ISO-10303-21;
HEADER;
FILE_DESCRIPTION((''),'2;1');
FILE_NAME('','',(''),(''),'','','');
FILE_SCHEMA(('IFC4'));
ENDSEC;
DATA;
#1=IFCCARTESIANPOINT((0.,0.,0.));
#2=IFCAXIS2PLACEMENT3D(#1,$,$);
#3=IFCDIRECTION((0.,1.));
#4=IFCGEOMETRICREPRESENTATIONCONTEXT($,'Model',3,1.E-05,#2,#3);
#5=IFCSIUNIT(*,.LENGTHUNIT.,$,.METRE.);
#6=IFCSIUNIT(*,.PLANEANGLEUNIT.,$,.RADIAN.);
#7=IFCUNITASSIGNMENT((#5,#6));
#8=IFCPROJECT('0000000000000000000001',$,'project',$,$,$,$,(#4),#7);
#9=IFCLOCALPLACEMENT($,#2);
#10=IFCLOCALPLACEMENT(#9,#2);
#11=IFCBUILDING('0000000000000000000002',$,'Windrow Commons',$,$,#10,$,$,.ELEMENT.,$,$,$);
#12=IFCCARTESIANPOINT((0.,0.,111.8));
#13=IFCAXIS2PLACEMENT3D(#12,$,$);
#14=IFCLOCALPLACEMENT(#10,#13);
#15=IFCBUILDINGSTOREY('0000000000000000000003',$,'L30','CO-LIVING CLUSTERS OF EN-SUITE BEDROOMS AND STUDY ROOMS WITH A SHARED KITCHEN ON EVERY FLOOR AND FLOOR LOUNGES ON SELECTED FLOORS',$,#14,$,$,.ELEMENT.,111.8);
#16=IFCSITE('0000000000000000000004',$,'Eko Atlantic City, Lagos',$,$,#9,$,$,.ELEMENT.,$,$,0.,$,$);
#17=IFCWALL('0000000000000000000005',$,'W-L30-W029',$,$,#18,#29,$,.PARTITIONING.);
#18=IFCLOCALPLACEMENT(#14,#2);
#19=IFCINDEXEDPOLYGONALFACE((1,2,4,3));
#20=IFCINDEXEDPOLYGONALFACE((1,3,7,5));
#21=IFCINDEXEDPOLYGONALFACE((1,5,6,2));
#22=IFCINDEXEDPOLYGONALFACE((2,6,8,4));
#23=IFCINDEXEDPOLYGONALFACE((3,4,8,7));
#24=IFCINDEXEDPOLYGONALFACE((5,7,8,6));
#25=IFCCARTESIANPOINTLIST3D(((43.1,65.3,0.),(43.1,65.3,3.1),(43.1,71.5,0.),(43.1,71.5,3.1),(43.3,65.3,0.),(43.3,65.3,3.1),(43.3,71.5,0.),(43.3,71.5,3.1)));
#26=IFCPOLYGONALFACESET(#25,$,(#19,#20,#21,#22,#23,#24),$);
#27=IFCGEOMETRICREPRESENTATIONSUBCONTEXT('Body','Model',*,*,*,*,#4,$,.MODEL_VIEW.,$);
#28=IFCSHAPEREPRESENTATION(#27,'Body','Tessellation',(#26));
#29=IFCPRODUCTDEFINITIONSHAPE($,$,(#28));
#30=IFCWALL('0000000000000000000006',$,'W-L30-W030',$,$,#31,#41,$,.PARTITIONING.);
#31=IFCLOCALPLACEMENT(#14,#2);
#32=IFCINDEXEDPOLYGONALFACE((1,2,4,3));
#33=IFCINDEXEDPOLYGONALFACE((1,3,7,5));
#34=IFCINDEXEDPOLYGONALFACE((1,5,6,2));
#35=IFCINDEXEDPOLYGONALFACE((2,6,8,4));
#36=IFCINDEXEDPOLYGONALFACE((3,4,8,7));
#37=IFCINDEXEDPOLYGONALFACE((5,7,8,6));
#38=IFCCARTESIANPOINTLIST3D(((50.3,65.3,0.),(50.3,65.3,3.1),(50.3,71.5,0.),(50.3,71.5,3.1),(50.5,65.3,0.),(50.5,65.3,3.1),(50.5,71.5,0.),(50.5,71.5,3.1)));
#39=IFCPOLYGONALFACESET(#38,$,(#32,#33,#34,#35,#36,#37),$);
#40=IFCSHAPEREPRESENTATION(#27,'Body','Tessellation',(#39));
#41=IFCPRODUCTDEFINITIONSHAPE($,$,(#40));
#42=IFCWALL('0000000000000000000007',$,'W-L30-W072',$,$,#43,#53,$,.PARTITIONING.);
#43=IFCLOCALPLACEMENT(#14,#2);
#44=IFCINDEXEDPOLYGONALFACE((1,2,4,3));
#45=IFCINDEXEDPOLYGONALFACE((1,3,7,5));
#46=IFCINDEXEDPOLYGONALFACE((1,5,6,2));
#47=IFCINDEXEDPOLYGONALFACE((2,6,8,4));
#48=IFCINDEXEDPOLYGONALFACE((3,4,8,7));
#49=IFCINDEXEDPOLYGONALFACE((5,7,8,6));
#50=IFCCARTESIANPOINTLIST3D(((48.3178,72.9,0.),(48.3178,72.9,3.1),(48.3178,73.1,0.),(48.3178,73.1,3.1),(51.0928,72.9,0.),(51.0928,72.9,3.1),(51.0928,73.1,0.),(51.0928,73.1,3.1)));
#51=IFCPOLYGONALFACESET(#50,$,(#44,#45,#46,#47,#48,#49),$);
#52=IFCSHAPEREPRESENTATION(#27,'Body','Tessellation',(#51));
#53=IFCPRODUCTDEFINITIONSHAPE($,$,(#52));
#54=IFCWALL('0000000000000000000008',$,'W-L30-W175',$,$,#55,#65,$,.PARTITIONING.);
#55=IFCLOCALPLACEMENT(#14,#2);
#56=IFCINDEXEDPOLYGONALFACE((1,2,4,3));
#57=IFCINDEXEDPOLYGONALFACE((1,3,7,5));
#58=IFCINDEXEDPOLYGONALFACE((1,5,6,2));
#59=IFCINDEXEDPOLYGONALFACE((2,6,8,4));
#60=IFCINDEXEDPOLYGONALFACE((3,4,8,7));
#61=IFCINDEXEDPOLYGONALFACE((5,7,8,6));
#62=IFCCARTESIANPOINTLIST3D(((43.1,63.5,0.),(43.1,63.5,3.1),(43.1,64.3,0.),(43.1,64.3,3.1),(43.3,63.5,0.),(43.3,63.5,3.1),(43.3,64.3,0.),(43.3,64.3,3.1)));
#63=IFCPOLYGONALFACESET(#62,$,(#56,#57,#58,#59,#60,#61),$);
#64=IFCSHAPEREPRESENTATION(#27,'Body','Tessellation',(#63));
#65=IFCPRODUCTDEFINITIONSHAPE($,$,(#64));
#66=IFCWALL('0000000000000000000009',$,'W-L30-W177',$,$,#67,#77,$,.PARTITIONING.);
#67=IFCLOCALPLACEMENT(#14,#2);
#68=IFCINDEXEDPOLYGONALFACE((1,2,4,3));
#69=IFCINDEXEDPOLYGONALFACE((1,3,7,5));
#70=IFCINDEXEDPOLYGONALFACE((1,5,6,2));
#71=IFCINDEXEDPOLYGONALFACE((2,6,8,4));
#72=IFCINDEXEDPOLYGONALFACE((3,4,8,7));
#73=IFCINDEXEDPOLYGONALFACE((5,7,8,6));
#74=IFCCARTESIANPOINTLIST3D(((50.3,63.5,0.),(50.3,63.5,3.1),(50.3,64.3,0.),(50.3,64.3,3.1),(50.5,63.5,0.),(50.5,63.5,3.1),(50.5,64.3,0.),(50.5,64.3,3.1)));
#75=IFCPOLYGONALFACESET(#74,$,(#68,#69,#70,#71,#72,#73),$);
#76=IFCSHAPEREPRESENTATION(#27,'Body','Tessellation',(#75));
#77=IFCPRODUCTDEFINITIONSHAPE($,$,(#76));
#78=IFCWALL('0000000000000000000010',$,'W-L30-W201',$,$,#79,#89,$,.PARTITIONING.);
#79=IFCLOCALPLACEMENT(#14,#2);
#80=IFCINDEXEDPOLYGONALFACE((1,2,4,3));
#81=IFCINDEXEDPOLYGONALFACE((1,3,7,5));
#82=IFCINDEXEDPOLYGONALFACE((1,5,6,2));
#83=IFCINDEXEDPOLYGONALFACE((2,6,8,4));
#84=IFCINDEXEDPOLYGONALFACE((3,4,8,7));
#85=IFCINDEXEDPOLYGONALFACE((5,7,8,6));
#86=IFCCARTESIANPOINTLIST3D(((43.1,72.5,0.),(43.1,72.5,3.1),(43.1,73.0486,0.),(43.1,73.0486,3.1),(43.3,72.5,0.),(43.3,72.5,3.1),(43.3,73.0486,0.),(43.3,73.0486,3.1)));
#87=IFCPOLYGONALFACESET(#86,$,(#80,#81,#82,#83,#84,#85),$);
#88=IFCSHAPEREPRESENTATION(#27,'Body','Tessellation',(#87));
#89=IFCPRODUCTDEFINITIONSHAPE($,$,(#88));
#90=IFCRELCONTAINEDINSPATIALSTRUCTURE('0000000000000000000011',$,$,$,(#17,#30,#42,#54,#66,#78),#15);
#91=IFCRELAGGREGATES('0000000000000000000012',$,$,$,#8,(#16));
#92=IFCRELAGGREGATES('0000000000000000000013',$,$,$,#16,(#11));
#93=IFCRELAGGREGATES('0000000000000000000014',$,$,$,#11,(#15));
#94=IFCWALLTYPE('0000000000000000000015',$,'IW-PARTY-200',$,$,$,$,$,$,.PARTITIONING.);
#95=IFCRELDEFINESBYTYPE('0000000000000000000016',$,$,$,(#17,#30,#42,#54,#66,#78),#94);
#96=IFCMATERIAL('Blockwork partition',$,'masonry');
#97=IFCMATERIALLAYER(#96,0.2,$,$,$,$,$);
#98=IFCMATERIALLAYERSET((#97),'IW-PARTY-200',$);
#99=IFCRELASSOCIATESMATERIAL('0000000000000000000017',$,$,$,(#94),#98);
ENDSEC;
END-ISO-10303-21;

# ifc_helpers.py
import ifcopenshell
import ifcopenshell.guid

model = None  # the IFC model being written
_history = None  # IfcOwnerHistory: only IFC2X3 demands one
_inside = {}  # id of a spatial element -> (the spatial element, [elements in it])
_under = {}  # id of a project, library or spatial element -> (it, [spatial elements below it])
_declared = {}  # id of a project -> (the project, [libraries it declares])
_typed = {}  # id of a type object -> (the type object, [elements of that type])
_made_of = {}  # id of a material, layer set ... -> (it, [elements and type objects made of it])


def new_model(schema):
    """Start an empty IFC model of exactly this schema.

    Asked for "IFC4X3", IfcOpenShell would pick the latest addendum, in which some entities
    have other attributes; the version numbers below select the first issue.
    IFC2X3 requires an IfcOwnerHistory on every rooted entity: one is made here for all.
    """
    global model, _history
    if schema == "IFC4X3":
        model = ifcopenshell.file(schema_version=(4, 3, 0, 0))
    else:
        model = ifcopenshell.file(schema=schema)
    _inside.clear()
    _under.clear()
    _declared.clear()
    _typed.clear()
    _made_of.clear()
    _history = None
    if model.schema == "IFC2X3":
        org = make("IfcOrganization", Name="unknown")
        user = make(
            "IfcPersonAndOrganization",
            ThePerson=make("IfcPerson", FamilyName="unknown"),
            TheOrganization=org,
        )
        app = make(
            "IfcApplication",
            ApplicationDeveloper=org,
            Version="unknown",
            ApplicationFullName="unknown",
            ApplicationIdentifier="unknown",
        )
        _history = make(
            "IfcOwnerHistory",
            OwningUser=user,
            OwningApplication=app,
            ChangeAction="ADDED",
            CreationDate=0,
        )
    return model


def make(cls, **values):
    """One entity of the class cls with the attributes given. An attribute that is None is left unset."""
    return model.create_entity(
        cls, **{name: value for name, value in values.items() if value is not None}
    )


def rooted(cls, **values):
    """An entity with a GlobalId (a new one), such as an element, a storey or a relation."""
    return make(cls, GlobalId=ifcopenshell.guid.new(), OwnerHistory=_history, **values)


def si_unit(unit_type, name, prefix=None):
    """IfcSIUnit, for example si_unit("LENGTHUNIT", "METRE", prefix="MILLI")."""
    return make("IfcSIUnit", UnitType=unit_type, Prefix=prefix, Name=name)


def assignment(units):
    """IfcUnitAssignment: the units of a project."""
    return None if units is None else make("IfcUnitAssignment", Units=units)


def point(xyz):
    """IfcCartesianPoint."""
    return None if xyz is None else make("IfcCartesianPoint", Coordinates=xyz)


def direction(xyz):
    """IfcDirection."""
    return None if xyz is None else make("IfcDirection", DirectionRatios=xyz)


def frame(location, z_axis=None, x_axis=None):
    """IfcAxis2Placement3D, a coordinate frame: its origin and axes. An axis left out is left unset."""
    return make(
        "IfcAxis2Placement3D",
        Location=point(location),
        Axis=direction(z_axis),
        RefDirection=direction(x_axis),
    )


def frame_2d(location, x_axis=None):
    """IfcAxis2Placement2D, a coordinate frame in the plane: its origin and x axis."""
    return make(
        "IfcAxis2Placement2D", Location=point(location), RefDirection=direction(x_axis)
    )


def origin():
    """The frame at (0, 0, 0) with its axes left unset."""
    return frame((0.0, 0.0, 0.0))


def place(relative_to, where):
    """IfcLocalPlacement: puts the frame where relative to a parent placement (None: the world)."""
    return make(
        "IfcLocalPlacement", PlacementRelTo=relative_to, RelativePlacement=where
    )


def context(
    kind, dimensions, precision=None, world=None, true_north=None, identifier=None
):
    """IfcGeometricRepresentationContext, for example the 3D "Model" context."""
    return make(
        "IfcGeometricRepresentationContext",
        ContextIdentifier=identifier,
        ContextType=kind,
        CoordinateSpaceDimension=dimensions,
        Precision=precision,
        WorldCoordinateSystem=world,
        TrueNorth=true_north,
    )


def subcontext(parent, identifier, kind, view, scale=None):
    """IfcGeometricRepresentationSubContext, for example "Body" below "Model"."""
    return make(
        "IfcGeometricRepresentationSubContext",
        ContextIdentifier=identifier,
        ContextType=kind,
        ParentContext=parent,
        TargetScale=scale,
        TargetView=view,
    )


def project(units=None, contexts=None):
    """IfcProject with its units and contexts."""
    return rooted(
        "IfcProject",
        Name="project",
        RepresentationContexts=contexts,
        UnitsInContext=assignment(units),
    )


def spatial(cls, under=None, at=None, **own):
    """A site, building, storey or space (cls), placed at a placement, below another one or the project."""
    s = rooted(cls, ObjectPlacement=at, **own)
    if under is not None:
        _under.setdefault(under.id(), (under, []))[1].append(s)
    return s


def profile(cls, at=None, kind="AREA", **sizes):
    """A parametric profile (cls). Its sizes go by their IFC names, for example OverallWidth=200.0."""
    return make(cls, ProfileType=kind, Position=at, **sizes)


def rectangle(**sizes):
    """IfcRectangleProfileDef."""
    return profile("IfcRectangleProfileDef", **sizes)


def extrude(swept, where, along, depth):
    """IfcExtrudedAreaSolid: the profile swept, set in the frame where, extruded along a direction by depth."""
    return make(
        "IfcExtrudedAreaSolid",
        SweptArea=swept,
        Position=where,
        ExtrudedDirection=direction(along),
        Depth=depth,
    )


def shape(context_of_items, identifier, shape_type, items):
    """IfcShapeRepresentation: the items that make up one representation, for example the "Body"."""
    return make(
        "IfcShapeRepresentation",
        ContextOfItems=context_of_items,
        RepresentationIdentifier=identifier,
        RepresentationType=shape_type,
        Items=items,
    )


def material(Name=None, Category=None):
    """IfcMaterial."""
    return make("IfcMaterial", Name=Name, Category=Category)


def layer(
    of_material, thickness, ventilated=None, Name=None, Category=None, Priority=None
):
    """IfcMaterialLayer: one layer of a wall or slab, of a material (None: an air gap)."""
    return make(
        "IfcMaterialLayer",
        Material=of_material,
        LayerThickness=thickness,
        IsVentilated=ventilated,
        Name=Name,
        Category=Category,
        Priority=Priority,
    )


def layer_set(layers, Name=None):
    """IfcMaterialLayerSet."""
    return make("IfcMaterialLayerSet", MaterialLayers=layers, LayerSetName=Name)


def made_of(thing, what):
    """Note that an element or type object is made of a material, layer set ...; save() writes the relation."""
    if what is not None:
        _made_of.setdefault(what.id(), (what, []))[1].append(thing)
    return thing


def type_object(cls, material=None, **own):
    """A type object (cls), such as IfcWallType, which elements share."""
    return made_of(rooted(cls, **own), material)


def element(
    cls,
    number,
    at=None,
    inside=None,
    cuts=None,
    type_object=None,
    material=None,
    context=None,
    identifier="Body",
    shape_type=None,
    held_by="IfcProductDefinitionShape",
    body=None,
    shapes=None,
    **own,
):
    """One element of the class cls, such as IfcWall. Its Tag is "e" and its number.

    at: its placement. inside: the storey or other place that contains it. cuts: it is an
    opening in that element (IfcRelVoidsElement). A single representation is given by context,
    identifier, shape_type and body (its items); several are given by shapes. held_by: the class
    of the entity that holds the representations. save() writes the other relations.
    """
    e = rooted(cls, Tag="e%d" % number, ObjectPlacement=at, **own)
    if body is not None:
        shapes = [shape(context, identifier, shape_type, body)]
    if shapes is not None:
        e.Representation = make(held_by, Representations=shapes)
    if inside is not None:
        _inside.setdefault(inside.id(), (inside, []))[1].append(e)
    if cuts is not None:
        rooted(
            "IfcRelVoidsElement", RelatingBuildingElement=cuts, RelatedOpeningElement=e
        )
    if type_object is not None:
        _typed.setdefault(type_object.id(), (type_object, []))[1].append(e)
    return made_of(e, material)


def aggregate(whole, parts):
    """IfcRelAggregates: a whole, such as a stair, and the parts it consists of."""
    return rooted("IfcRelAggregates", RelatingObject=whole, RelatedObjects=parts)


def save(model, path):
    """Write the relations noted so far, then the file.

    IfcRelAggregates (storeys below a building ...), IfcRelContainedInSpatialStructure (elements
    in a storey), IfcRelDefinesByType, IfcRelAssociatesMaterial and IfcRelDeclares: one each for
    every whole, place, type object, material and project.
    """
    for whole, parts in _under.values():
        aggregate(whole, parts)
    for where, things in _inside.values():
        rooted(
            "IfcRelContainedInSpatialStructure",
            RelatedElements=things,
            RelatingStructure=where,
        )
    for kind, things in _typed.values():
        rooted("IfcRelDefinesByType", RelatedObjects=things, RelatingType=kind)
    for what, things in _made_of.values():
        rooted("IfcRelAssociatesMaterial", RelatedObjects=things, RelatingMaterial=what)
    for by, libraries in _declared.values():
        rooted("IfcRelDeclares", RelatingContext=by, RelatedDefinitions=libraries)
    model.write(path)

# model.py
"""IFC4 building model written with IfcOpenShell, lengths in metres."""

from ifc_helpers import new_model, si_unit, direction, frame, frame_2d, origin, place, context, subcontext, project, spatial, rectangle, extrude, material, layer, layer_set, type_object, element, save


model = new_model("IFC4")

# Units and contexts
model_context = context("Model", 3, precision=1e-05, world=origin(), true_north=direction((0.0, 1.0)))
body_context = subcontext(model_context, "Body", "Model", "MODEL_VIEW")
ifc_project = project(units=[si_unit("LENGTHUNIT", "METRE"), si_unit("PLANEANGLEUNIT", "RADIAN")], contexts=[model_context])

# Site, building, storey
site_placement = place(None, origin())
site = spatial("IfcSite", under=ifc_project, at=site_placement, Name="Eko Atlantic City, Lagos", CompositionType="ELEMENT", RefElevation=0.0)
building_placement = place(site_placement, origin())
building = spatial("IfcBuilding", under=site, at=building_placement, Name="Windrow Commons", CompositionType="ELEMENT")
storey_placement = place(building_placement, frame((0.0, 0.0, 111.8)))
storey = spatial("IfcBuildingStorey", under=building, at=storey_placement, Name="L30", Description="CO-LIVING CLUSTERS OF EN-SUITE BEDROOMS AND STUDY ROOMS WITH A SHARED KITCHEN ON EVERY FLOOR AND FLOOR LOUNGES ON SELECTED FLOORS", CompositionType="ELEMENT", Elevation=111.8)

# Walls
ifc_material_1 = material(Name="Blockwork partition", Category="masonry")
ifc_layer_1 = layer(ifc_material_1, 0.2)
ifc_layer_set_1 = layer_set([ifc_layer_1], Name="IW-PARTY-200")
wall_type_1 = type_object("IfcWallType", Name="IW-PARTY-200", PredefinedType="PARTITIONING", material=ifc_layer_set_1)
for number, where, z_axis, x_axis, name in (
    (1, (43.2, 65.3, 0.0), (0.0, 0.0, 1.0), (0.0, 1.0, 0.0), "W-L30-W029"),
    (2, (50.4, 65.3, 0.0), (0.0, 0.0, 1.0), (0.0, 1.0, 0.0), "W-L30-W030"),
):
    element("IfcWall", number, at=place(storey_placement, frame(where, z_axis=z_axis, x_axis=x_axis)), inside=storey, type_object=wall_type_1, Name=name, PredefinedType="PARTITIONING", context=body_context, shape_type="SweptSolid", body=[
        extrude(rectangle(XDim=6.2, YDim=0.2, at=frame_2d((3.1, 0.0))), origin(), (0.0, 0.0, 1.0), 3.1),
    ])
wall_1_placement = place(storey_placement, frame((48.3178, 73.0, 0.0), z_axis=(0.0, 0.0, 1.0), x_axis=(1.0, 0.0, 0.0)))
element("IfcWall", 3, at=wall_1_placement, inside=storey, type_object=wall_type_1, Name="W-L30-W072", PredefinedType="PARTITIONING", context=body_context, shape_type="SweptSolid", body=[
    extrude(rectangle(XDim=2.775, YDim=0.2, at=frame_2d((1.3875, 0.0))), origin(), (0.0, 0.0, 1.0), 3.1),
])
for number, where, z_axis, x_axis, name in (
    (4, (43.2, 63.5, 0.0), (0.0, 0.0, 1.0), (0.0, 1.0, 0.0), "W-L30-W175"),
    (5, (50.4, 63.5, 0.0), (0.0, 0.0, 1.0), (0.0, 1.0, 0.0), "W-L30-W177"),
):
    element("IfcWall", number, at=place(storey_placement, frame(where, z_axis=z_axis, x_axis=x_axis)), inside=storey, type_object=wall_type_1, Name=name, PredefinedType="PARTITIONING", context=body_context, shape_type="SweptSolid", body=[
        extrude(rectangle(XDim=0.8, YDim=0.2, at=frame_2d((0.4, 0.0))), origin(), (0.0, 0.0, 1.0), 3.1),
    ])
wall_2_placement = place(storey_placement, frame((43.2, 72.5, 0.0), z_axis=(0.0, 0.0, 1.0), x_axis=(0.0, 1.0, 0.0)))
element("IfcWall", 6, at=wall_2_placement, inside=storey, type_object=wall_type_1, Name="W-L30-W201", PredefinedType="PARTITIONING", context=body_context, shape_type="SweptSolid", body=[
    extrude(rectangle(XDim=0.5486, YDim=0.2, at=frame_2d((0.2743, 0.0))), origin(), (0.0, 0.0, 1.0), 3.1),
])

save(model, "model.ifc")
